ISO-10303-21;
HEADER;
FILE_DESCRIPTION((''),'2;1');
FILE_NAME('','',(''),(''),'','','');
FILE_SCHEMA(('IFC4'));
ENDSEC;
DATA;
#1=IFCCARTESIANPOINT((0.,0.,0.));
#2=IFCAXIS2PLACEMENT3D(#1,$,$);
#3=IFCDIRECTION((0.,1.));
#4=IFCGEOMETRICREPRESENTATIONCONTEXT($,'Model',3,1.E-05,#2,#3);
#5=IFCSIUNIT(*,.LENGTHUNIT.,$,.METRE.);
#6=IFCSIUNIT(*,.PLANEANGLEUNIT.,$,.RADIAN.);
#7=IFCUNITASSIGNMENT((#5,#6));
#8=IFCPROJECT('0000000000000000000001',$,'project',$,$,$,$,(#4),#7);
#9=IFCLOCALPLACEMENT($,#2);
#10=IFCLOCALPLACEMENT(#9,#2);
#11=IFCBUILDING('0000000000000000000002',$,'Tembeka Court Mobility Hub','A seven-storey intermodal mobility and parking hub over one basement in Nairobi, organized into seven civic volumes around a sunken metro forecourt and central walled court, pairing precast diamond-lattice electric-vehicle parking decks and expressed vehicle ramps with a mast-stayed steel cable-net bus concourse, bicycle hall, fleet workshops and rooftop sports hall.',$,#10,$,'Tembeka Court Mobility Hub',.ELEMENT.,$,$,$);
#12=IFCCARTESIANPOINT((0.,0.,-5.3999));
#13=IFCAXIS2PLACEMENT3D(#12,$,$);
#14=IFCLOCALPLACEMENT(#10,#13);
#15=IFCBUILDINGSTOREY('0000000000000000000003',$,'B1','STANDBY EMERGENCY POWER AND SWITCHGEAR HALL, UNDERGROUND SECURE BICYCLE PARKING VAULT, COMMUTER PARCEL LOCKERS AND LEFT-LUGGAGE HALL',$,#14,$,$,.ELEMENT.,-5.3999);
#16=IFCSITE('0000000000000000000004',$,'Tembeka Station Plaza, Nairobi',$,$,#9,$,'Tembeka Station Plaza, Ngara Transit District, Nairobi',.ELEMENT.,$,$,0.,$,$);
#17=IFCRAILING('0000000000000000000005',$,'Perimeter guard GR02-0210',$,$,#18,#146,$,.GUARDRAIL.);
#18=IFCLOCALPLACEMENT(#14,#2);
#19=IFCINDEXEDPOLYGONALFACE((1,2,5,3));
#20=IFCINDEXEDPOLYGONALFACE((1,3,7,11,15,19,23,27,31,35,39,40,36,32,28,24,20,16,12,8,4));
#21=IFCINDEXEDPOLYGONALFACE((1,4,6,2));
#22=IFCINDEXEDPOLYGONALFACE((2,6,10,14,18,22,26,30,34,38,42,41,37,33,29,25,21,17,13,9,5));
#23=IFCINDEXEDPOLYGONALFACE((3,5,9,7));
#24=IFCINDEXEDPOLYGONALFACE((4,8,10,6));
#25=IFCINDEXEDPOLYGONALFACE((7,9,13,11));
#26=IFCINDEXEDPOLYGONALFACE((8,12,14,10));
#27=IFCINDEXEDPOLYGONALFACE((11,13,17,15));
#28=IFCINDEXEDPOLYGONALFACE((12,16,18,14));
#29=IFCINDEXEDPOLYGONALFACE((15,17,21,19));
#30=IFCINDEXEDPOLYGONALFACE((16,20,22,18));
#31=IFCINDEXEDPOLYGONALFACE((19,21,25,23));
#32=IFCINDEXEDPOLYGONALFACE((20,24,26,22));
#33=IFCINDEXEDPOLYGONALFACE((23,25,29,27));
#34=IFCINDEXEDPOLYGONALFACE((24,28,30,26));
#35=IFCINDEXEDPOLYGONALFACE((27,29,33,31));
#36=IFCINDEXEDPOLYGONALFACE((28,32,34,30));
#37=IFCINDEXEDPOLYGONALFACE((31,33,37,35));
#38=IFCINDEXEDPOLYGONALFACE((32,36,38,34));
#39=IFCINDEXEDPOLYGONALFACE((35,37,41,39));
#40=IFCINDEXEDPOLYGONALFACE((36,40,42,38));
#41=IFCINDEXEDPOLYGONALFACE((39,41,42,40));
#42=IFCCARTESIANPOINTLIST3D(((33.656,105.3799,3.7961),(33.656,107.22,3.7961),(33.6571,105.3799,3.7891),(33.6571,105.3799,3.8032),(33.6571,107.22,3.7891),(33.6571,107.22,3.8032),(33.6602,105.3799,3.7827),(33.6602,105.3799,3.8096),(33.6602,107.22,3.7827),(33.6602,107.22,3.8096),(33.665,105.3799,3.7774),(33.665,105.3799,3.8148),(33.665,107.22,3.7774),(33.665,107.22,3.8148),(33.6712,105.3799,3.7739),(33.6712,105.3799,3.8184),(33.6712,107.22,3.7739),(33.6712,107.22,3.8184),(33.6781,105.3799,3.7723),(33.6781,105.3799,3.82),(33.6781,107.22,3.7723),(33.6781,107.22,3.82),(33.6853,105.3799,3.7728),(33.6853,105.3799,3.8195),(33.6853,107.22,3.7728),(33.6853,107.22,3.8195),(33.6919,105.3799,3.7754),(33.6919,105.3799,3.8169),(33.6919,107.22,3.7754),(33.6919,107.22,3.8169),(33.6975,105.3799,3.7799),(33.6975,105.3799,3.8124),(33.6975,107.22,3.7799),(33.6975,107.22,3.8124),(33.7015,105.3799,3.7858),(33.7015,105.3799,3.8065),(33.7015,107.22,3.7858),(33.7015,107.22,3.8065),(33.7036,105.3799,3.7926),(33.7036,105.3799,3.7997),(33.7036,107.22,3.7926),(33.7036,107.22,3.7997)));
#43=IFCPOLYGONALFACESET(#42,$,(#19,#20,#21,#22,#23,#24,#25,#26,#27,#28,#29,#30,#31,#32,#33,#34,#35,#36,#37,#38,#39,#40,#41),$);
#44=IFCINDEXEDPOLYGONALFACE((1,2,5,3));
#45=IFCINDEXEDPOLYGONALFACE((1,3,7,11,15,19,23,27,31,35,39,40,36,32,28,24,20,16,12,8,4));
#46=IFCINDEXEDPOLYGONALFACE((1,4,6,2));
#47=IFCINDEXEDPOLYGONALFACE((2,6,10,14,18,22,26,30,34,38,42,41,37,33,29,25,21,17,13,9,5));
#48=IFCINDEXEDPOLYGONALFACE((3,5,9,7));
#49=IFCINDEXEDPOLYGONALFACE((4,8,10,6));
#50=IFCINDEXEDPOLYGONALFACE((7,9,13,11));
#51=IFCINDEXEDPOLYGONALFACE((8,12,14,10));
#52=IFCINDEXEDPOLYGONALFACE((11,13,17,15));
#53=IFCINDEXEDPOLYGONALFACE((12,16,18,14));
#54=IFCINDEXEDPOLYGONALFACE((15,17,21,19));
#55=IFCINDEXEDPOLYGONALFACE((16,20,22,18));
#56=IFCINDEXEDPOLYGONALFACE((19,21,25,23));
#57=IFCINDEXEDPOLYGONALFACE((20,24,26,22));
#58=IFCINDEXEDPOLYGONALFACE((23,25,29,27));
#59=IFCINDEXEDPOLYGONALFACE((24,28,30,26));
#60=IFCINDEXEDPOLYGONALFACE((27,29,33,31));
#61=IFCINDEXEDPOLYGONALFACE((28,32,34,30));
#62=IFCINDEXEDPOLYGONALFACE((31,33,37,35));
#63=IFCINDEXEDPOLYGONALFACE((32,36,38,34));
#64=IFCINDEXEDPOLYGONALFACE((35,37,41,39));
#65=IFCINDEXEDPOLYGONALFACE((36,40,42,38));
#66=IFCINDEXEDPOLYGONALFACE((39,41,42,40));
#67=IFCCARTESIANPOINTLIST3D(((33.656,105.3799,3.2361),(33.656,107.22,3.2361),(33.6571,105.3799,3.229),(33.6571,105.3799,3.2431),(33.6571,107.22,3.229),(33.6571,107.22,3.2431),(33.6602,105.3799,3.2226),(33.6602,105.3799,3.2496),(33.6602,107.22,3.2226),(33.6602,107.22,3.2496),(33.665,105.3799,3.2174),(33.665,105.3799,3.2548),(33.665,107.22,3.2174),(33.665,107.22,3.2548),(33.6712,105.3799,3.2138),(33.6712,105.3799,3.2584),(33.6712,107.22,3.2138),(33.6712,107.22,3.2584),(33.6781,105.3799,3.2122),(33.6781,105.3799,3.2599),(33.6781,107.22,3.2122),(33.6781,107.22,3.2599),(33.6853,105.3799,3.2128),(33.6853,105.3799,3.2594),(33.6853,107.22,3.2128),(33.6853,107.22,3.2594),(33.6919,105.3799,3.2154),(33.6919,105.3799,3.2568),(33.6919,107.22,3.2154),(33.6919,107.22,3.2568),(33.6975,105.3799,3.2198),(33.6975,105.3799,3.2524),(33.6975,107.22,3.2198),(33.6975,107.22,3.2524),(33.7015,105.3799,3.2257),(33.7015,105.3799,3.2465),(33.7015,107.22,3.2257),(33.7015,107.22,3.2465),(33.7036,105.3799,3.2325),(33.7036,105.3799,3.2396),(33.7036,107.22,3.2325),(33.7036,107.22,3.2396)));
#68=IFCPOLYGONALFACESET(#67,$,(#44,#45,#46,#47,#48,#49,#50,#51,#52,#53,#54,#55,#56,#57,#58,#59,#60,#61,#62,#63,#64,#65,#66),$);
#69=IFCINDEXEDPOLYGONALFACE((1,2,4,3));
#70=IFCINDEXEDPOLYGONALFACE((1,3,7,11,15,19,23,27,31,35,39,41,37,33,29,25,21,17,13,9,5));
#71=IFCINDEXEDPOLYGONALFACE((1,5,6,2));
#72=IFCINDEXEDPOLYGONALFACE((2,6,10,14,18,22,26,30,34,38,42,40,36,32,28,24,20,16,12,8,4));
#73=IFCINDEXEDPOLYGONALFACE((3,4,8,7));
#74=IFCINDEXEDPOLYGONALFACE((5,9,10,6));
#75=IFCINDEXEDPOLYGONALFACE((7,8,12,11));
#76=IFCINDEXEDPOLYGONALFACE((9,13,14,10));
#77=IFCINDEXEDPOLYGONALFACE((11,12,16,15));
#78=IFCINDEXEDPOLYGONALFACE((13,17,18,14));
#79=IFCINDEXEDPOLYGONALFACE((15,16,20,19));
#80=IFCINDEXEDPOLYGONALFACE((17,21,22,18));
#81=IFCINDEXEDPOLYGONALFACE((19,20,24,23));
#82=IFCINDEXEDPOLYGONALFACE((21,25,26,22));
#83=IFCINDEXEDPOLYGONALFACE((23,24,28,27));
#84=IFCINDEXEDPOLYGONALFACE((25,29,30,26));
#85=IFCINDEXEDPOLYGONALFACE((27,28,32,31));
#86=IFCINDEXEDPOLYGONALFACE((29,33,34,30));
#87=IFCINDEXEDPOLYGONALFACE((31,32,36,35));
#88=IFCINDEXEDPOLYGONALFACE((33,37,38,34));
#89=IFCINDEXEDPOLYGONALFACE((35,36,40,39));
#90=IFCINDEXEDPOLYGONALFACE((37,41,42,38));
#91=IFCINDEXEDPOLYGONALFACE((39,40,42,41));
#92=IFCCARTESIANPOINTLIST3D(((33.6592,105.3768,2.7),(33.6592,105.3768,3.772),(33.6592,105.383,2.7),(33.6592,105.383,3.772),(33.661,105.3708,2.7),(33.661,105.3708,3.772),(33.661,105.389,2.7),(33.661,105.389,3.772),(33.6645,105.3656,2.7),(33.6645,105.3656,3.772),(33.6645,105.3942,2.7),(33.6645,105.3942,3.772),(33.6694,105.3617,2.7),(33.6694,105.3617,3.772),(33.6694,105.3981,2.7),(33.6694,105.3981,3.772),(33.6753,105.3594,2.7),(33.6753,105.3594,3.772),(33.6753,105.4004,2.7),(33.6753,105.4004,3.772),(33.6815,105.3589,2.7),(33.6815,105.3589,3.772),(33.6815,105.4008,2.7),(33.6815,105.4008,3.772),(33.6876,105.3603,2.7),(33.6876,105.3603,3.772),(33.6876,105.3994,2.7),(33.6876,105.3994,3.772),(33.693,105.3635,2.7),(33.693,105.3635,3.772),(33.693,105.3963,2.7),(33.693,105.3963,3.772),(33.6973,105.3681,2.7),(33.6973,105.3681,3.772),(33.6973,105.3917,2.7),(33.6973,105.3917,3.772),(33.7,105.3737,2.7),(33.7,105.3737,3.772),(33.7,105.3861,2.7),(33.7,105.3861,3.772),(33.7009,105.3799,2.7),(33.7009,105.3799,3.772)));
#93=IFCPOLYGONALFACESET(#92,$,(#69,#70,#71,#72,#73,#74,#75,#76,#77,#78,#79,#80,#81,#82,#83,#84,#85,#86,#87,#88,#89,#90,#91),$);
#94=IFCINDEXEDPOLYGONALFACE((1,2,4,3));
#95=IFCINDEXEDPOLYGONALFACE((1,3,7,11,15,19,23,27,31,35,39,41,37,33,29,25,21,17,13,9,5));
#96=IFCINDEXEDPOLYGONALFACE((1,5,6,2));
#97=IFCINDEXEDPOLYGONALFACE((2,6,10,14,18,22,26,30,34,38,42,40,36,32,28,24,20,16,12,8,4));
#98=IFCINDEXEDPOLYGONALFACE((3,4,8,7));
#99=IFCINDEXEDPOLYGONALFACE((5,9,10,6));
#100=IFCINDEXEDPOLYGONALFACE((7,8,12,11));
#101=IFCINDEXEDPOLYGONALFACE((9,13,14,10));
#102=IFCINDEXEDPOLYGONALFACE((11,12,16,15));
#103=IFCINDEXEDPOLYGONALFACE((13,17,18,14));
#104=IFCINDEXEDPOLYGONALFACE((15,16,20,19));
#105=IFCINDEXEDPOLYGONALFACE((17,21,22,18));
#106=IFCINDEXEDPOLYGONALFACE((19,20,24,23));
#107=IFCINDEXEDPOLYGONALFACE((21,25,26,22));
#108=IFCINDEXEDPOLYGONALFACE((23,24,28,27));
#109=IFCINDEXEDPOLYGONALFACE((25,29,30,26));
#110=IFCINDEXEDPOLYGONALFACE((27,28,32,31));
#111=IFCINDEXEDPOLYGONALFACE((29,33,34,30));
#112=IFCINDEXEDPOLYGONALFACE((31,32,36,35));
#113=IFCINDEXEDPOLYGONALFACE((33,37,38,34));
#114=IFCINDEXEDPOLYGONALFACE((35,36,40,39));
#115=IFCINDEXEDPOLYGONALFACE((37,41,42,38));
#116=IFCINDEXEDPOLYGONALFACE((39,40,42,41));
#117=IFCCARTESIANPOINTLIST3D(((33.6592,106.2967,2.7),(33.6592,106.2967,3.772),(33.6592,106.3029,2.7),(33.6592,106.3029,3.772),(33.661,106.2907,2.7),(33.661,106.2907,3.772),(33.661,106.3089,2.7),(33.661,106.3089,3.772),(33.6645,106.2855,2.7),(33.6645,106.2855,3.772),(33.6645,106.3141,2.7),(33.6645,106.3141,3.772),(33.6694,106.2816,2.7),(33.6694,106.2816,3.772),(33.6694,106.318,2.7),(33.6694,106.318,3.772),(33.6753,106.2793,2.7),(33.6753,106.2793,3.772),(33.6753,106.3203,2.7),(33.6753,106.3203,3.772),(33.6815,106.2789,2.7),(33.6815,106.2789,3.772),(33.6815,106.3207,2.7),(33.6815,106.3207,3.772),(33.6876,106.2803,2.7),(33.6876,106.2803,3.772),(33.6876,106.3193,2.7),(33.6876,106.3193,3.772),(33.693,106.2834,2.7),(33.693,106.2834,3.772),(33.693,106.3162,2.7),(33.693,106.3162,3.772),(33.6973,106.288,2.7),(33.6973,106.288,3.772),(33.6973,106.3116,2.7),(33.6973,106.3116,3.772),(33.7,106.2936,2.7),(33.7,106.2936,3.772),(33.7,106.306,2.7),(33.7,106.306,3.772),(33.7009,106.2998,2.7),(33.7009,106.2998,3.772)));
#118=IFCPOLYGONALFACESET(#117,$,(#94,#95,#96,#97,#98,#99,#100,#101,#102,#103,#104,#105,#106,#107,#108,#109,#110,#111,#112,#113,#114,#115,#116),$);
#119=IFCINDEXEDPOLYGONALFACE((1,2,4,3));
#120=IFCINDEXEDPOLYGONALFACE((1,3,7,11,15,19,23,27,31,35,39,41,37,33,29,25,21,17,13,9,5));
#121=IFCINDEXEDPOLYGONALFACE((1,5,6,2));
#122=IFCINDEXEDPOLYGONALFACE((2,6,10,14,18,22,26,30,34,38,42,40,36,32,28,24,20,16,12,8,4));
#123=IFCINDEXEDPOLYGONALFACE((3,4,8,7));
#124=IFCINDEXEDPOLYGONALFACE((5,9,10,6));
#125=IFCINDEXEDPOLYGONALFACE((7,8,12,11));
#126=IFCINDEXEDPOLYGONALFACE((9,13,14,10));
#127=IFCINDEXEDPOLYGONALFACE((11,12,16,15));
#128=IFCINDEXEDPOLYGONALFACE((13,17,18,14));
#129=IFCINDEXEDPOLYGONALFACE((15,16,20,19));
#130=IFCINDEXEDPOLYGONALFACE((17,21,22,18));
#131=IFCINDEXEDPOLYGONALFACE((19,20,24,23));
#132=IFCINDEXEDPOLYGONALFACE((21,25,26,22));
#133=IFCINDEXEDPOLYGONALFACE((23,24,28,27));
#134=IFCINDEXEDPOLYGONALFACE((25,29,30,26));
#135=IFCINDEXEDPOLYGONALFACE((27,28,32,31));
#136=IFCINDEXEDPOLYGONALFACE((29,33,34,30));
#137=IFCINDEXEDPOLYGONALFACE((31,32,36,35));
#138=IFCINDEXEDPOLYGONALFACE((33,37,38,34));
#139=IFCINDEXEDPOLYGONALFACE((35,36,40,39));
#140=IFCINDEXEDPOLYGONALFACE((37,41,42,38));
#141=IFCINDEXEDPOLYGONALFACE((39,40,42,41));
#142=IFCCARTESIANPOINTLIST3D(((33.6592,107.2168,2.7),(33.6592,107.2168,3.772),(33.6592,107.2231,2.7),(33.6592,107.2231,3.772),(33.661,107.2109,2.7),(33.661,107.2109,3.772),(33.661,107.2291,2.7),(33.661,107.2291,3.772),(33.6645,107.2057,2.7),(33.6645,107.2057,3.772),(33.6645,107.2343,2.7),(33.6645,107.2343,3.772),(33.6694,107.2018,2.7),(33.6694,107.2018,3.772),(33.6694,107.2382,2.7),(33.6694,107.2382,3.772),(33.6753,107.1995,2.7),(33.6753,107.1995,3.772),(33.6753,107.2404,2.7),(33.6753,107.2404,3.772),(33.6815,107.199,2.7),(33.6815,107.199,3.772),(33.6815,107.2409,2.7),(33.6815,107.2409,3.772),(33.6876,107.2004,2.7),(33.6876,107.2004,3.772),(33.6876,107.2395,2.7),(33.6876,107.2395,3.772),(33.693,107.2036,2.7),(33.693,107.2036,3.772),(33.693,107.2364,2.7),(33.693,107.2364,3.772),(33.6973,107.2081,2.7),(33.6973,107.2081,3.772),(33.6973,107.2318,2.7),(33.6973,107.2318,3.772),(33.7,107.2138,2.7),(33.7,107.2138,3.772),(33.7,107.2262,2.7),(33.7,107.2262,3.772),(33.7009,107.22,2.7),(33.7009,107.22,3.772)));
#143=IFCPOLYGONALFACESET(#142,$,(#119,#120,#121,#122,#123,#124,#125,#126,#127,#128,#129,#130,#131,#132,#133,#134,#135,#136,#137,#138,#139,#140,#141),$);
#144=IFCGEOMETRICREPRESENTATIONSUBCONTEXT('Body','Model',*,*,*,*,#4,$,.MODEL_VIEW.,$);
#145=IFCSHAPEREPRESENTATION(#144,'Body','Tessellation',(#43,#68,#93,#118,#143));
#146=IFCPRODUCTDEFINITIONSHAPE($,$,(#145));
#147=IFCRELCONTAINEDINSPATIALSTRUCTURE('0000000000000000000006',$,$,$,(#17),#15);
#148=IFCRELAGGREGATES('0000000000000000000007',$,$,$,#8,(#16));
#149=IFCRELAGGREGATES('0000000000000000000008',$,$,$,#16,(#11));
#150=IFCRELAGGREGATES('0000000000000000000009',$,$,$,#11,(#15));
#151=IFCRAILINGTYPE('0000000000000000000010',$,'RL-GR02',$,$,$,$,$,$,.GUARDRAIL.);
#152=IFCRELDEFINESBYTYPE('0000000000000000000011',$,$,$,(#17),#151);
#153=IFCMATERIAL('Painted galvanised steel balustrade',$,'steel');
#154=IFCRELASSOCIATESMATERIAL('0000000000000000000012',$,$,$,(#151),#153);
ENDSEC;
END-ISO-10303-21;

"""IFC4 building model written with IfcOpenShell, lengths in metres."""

from ifc_helpers import new_model, si_unit, direction, frame, origin, origin_2d, place, context, subcontext, project, spatial, circle, extrude, material, type_object, element, save


model = new_model("IFC4")

# Units and contexts
model_context = context("Model", 3, precision=1e-05, world=origin(), true_north=direction((0.0, 1.0)))
body_context = subcontext(model_context, "Body", "Model", "MODEL_VIEW")
ifc_project = project(units=[si_unit("LENGTHUNIT", "METRE"), si_unit("PLANEANGLEUNIT", "RADIAN")], contexts=[model_context])

# Site, building, storey
site_placement = place(None, origin())
site = spatial("IfcSite", under=ifc_project, at=site_placement, Name="Tembeka Station Plaza, Nairobi", LongName="Tembeka Station Plaza, Ngara Transit District, Nairobi", CompositionType="ELEMENT", RefElevation=0.0)
building_placement = place(site_placement, origin())
building = spatial("IfcBuilding", under=site, at=building_placement, Name="Tembeka Court Mobility Hub", Description="A seven-storey intermodal mobility and parking hub over one basement in Nairobi, organized into seven civic volumes around a sunken metro forecourt and central walled court, pairing precast diamond-lattice electric-vehicle parking decks and expressed vehicle ramps with a mast-stayed steel cable-net bus concourse, bicycle hall, fleet workshops and rooftop sports hall.", LongName="Tembeka Court Mobility Hub", CompositionType="ELEMENT")
storey_placement = place(building_placement, frame((0.0, 0.0, -5.3999)))
storey = spatial("IfcBuildingStorey", under=building, at=storey_placement, Name="B1", Description="STANDBY EMERGENCY POWER AND SWITCHGEAR HALL, UNDERGROUND SECURE BICYCLE PARKING VAULT, COMMUTER PARCEL LOCKERS AND LEFT-LUGGAGE HALL", CompositionType="ELEMENT", Elevation=-5.3999)

# Railing
ifc_material_1 = material(Name="Painted galvanised steel balustrade", Category="steel")
railing_type = type_object("IfcRailingType", Name="RL-GR02", PredefinedType="GUARDRAIL", material=ifc_material_1)
railing_1_placement = place(storey_placement, frame((33.6799, 105.3799, 2.7)))
element("IfcRailing", 1, at=railing_1_placement, inside=storey, type_object=railing_type, Name="Perimeter guard GR02-0210", PredefinedType="GUARDRAIL", context=body_context, shape_type="SweptSolid", body=[
    extrude(circle(Radius=0.0239, at=origin_2d()), frame((0.0, 0.0, 1.0962), z_axis=(0.0, 1.0, 0.0), x_axis=(-1.0, 0.0, 0.0)), (0.0, 0.0, 1.0), 1.8401),
    extrude(circle(Radius=0.0239, at=origin_2d()), frame((0.0, 0.0, 0.5361), z_axis=(0.0, 1.0, 0.0), x_axis=(-1.0, 0.0, 0.0)), (0.0, 0.0, 1.0), 1.8401),
    extrude(circle(Radius=0.021, at=origin_2d()), origin(), (0.0, 0.0, 1.0), 1.072),
    extrude(circle(Radius=0.021, at=origin_2d()), frame((0.0, 0.9199, 0.0)), (0.0, 0.0, 1.0), 1.072),
    extrude(circle(Radius=0.021, at=origin_2d()), frame((0.0, 1.8401, 0.0)), (0.0, 0.0, 1.0), 1.072),
])

save(model, "model.ifc")
